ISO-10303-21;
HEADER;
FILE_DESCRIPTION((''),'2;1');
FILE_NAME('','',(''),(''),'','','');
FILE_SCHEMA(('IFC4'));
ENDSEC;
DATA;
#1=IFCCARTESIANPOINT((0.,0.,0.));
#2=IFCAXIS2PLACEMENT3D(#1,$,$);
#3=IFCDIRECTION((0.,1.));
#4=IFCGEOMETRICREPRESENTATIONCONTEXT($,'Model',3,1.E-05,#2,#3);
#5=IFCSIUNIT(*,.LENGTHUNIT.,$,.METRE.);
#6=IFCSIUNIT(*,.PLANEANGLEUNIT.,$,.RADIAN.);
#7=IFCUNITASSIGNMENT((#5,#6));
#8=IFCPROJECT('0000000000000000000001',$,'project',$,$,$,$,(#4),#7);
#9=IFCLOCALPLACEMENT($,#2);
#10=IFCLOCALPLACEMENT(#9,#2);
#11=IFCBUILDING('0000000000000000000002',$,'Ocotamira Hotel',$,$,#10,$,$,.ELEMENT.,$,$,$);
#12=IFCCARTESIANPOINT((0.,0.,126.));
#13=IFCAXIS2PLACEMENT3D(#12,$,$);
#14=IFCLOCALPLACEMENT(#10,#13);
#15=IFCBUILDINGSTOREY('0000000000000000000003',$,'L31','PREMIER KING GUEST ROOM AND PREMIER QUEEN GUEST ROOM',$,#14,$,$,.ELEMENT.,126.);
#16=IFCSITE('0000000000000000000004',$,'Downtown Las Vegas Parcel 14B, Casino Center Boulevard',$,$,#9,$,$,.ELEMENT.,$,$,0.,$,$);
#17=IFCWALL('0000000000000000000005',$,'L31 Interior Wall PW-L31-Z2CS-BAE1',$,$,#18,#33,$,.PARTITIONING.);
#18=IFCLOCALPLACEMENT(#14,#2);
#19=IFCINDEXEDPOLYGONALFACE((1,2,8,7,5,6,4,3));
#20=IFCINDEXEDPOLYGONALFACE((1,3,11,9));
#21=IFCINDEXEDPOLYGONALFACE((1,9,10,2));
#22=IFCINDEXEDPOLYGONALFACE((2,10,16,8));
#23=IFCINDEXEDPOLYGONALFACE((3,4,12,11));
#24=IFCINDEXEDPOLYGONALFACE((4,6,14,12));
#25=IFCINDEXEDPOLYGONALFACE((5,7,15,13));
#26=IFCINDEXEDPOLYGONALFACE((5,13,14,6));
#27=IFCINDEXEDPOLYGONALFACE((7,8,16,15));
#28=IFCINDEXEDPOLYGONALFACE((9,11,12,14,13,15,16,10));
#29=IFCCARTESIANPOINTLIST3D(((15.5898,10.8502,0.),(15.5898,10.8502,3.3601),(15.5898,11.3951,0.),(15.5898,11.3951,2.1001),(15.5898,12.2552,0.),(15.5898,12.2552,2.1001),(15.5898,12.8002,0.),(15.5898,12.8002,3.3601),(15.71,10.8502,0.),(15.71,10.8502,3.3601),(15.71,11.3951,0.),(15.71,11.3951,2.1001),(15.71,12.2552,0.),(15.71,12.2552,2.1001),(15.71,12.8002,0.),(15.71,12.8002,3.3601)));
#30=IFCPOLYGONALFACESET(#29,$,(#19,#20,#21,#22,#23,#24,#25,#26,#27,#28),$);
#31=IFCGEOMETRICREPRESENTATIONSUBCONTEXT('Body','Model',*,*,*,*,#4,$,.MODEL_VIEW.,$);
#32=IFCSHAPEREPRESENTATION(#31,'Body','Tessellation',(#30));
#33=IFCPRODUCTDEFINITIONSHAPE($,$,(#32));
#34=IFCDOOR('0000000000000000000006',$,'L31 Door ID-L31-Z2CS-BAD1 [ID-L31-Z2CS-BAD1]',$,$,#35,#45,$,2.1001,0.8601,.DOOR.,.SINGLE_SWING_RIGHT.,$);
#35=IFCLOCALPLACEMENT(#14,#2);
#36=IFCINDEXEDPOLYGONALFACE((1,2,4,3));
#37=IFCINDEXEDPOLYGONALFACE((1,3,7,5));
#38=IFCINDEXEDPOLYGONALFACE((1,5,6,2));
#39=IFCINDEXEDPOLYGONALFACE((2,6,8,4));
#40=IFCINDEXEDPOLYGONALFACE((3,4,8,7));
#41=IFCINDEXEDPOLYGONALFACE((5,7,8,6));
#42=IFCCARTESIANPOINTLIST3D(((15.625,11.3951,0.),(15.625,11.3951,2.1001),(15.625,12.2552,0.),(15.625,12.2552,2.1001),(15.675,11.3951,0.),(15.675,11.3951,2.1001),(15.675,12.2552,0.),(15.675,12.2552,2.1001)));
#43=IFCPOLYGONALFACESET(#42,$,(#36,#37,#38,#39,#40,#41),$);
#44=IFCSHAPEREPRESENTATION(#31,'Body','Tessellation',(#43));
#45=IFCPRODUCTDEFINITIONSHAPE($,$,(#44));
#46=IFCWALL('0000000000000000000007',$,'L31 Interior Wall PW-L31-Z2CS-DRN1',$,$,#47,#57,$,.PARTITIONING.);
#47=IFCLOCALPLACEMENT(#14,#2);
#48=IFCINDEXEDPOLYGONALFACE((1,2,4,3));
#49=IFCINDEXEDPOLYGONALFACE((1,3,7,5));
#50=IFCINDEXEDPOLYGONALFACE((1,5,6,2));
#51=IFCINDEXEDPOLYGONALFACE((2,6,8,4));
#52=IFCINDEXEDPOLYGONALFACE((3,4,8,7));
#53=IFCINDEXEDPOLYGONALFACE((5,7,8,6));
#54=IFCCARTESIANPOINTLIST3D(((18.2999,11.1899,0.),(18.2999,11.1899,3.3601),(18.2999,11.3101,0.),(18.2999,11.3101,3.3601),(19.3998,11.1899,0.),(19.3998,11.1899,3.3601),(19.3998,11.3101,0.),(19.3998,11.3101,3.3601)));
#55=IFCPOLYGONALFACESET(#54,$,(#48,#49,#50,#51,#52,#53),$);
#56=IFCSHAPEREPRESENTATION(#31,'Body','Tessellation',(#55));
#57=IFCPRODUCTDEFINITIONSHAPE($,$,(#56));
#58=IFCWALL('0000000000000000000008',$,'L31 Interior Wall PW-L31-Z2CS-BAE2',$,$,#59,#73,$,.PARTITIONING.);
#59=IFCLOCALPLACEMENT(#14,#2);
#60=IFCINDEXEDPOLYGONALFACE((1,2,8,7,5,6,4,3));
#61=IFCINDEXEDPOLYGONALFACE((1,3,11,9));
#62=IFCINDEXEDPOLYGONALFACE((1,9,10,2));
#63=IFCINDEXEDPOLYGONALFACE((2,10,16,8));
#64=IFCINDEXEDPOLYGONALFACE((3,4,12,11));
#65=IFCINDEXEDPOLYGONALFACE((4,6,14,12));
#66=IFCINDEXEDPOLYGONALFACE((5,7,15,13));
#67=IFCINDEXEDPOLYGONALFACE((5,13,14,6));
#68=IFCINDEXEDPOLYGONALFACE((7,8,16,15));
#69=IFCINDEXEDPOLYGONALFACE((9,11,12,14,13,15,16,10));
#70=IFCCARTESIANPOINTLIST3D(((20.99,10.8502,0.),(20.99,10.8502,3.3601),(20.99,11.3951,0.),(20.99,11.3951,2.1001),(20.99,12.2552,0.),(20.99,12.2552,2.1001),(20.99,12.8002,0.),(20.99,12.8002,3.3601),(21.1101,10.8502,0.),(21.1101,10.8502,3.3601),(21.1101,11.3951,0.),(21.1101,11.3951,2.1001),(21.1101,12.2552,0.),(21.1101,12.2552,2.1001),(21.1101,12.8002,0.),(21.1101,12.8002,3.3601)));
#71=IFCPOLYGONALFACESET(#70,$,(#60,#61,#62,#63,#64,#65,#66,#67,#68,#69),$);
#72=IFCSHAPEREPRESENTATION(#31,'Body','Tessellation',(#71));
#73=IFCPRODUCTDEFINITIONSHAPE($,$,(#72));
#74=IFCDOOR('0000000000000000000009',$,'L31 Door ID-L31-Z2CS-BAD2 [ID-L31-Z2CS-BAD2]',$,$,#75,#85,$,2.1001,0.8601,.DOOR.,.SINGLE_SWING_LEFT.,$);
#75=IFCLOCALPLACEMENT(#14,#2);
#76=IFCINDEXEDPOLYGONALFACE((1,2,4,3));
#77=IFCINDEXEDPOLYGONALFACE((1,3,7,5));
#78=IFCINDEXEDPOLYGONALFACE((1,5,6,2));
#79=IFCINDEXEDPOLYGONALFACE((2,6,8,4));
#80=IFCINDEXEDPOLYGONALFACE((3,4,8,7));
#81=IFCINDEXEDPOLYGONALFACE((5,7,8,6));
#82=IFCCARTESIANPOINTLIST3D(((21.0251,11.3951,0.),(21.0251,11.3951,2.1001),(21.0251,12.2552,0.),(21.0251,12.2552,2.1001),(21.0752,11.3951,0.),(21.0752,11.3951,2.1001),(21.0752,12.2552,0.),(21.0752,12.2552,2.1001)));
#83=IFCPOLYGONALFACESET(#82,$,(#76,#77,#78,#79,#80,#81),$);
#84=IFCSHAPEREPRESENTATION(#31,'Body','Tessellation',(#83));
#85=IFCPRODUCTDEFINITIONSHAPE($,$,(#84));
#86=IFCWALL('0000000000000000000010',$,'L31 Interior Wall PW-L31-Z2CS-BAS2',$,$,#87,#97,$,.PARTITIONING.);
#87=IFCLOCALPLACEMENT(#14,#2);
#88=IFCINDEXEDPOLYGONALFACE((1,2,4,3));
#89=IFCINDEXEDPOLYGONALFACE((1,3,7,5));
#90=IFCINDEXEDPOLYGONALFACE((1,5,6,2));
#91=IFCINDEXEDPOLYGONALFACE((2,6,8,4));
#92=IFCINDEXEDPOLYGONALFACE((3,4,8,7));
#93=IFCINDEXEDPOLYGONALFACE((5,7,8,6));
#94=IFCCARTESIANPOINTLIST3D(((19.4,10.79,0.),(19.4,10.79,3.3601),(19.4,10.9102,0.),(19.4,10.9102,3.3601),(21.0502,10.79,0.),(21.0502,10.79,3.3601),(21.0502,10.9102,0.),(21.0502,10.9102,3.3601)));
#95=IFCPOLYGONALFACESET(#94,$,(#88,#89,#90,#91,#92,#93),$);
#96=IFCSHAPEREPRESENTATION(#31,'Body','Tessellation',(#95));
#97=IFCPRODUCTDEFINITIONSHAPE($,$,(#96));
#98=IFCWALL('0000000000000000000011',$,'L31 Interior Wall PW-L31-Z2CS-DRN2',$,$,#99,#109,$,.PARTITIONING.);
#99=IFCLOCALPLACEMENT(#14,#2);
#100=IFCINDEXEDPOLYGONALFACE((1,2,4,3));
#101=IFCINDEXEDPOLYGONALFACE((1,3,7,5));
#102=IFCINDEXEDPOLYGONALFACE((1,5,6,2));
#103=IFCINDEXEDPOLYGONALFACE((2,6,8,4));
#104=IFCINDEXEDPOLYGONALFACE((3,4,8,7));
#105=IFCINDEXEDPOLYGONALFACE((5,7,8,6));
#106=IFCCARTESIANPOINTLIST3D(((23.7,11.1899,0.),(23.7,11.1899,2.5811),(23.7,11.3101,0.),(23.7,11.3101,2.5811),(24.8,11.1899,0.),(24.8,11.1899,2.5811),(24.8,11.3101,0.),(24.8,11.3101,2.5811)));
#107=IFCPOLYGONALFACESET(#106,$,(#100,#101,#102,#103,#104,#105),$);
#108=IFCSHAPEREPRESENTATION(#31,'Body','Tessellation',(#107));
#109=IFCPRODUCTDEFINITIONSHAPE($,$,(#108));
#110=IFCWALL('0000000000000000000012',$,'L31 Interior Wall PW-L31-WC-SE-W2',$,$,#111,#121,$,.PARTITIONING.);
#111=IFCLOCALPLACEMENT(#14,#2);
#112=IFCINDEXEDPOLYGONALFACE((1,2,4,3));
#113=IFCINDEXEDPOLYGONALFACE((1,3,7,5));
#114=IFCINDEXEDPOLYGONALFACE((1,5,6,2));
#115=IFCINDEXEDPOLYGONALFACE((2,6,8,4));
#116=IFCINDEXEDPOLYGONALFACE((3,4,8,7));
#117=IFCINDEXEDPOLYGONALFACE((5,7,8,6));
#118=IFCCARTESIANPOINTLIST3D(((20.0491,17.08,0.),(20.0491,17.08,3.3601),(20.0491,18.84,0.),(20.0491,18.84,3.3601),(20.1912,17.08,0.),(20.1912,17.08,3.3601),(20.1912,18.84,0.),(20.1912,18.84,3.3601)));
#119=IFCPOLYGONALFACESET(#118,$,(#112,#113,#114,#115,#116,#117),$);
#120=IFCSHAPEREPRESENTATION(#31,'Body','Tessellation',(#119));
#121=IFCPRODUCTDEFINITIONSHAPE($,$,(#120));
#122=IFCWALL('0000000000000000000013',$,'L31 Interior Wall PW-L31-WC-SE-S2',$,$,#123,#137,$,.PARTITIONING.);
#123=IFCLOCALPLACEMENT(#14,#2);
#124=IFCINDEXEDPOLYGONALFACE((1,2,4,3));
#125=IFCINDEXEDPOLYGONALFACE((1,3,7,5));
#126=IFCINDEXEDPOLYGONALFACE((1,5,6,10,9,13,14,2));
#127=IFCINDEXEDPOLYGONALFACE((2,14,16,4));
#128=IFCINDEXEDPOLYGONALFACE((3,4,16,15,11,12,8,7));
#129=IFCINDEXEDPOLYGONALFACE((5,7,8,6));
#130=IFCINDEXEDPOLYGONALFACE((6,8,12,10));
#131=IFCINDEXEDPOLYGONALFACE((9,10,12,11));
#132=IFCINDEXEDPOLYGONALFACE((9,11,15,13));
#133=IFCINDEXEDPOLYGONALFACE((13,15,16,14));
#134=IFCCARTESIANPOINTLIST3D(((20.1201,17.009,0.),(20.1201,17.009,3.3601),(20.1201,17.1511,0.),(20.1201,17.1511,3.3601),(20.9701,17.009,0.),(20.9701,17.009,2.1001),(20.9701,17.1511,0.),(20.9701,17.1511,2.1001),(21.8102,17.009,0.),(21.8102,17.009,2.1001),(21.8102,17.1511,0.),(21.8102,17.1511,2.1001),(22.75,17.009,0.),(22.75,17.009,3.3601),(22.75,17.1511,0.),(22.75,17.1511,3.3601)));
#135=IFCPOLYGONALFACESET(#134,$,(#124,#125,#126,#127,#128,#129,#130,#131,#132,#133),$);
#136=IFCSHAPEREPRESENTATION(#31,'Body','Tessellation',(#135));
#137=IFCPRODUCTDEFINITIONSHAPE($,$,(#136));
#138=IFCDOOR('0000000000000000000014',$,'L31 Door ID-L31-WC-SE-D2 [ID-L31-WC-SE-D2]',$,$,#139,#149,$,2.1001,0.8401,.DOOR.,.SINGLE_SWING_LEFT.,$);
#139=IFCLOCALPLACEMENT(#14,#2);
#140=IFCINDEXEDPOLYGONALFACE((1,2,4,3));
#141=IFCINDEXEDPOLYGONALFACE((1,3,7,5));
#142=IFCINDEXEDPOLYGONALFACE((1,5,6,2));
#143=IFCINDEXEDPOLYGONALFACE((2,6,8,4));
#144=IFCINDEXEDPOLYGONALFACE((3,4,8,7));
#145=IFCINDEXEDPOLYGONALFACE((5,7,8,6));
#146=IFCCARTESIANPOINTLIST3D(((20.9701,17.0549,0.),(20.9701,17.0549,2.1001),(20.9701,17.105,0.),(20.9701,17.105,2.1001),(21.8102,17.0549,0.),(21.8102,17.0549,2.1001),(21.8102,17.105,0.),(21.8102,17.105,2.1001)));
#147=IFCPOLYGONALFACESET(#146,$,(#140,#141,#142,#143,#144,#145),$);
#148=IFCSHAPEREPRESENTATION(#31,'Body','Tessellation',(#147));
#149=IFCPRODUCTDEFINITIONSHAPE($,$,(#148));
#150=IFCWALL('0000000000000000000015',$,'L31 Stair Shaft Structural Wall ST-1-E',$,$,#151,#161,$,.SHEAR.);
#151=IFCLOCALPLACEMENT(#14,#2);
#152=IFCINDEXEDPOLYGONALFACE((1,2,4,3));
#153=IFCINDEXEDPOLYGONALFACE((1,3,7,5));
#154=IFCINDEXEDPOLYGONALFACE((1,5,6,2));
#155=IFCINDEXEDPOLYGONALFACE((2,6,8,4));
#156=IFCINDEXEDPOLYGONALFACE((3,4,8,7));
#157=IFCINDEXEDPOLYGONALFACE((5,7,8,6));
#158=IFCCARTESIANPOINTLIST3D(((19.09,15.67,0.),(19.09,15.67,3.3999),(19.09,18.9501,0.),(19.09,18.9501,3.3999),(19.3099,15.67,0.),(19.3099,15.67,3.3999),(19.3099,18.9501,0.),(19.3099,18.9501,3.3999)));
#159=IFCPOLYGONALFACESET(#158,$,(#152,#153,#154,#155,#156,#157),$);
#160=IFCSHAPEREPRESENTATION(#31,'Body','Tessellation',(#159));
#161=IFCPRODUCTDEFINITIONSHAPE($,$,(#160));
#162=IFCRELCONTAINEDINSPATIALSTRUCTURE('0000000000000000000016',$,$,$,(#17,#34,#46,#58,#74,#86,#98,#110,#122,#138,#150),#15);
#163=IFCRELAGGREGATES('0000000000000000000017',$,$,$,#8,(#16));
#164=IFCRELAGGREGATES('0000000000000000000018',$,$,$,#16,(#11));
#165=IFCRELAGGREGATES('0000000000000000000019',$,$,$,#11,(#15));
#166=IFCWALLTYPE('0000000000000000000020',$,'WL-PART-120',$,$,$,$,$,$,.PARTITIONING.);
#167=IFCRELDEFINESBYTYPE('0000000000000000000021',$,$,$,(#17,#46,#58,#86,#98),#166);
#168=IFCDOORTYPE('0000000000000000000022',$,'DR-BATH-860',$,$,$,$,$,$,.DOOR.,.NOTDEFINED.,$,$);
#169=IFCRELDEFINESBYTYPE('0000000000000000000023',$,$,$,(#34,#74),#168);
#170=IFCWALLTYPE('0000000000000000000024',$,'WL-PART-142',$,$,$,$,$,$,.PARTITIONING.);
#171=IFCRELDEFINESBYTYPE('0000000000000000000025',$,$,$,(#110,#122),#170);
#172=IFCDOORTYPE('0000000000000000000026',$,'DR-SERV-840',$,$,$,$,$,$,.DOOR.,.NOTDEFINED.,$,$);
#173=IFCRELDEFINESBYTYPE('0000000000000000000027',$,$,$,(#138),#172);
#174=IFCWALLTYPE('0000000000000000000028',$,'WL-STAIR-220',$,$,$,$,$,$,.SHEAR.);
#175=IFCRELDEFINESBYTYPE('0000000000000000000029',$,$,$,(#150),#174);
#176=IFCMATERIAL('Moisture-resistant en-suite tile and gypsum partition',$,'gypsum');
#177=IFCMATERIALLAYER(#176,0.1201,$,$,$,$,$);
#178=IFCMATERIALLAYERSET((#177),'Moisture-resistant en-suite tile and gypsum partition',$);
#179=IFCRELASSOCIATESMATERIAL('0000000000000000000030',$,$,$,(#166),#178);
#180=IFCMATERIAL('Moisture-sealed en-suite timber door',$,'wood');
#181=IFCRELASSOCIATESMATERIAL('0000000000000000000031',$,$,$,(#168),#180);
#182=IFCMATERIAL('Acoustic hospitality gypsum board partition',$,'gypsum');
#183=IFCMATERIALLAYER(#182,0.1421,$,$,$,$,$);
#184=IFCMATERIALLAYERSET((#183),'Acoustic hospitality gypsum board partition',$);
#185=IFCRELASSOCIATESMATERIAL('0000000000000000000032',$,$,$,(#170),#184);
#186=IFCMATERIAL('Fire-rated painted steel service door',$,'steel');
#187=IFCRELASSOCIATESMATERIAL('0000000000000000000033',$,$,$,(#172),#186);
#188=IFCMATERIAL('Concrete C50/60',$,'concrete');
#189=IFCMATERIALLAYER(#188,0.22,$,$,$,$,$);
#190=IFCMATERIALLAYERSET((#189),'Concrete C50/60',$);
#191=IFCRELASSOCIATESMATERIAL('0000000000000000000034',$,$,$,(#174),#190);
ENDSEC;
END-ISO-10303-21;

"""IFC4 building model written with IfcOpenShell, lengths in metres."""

from ifc_helpers import new_model, si_unit, direction, frame, frame_2d, origin, place, context, subcontext, project, spatial, rectangle, extrude, source, transform, mapped, material, layer, layer_set, type_object, element, fill, save


model = new_model("IFC4")

# Units and contexts
model_context = context("Model", 3, precision=1e-05, world=origin(), true_north=direction((0.0, 1.0)))
body_context = subcontext(model_context, "Body", "Model", "MODEL_VIEW")
ifc_project = project(units=[si_unit("LENGTHUNIT", "METRE"), si_unit("PLANEANGLEUNIT", "RADIAN")], contexts=[model_context])

# Site, building, storey
site_placement = place(None, origin())
site = spatial("IfcSite", under=ifc_project, at=site_placement, Name="Downtown Las Vegas Parcel 14B, Casino Center Boulevard", CompositionType="ELEMENT", RefElevation=0.0)
building_placement = place(site_placement, origin())
building = spatial("IfcBuilding", under=site, at=building_placement, Name="Ocotamira Hotel", CompositionType="ELEMENT")
storey_placement = place(building_placement, frame((0.0, 0.0, 126.0)))
storey = spatial("IfcBuildingStorey", under=building, at=storey_placement, Name="L31", Description="PREMIER KING GUEST ROOM AND PREMIER QUEEN GUEST ROOM", CompositionType="ELEMENT", Elevation=126.0)

# Wall, opening, door
ifc_material_1 = material(Name="Moisture-resistant en-suite tile and gypsum partition", Category="gypsum")
ifc_layer_1 = layer(ifc_material_1, 0.1201)
ifc_layer_set_1 = layer_set([ifc_layer_1], Name="Moisture-resistant en-suite tile and gypsum partition")
wall_type_1 = type_object("IfcWallType", Name="WL-PART-120", PredefinedType="PARTITIONING", material=ifc_layer_set_1)
wall_1_placement = place(storey_placement, frame((15.6499, 10.8501, 0.0), z_axis=(0.0, 0.0, 1.0), x_axis=(0.0, 1.0, 0.0)))
wall_1 = element("IfcWall", 1, at=wall_1_placement, inside=storey, type_object=wall_type_1, Name="L31 Interior Wall PW-L31-Z2CS-BAE1", PredefinedType="PARTITIONING", context=body_context, shape_type="SweptSolid", body=[
    extrude(rectangle(XDim=1.95, YDim=0.1201, at=frame_2d((0.9751, 0.0))), origin(), (0.0, 0.0, 1.0), 3.3601),
])
opening_1_placement = place(wall_1_placement, frame((0.5449, 0.0, 0.0)))
opening_1 = element("IfcOpeningElement", 2, at=opening_1_placement, cuts=wall_1, PredefinedType="OPENING", context=body_context, shape_type="SweptSolid", body=[
    extrude(rectangle(XDim=0.8601, YDim=2.1001, at=frame_2d((0.4302, 1.05))), frame((0.0, 0.0701, 0.0), z_axis=(0.0, -1.0, 0.0), x_axis=(1.0, 0.0, 0.0)), (0.0, 0.0, 1.0), 0.1401),
])
ifc_material_2 = material(Name="Moisture-sealed en-suite timber door", Category="wood")
door_type_1 = type_object("IfcDoorType", Name="DR-BATH-860", OperationType="NOTDEFINED", PredefinedType="DOOR", material=ifc_material_2)
shared_shape_1 = source(origin(), body_context, "Body", "SweptSolid", [
    extrude(rectangle(XDim=0.8601, YDim=2.1001, at=frame_2d((0.4302, 1.05))), frame((0.0, 0.0249, 0.0), z_axis=(0.0, -1.0, 0.0), x_axis=(1.0, 0.0, 0.0)), (0.0, 0.0, 1.0), 0.05),
])
door_1_placement = place(opening_1_placement, origin())
door_1 = element("IfcDoor", 3, at=door_1_placement, inside=storey, type_object=door_type_1, Name="L31 Door ID-L31-Z2CS-BAD1 [ID-L31-Z2CS-BAD1]", OperationType="SINGLE_SWING_RIGHT", OverallHeight=2.1001, OverallWidth=0.8601, PredefinedType="DOOR", context=body_context, shape_type="MappedRepresentation", body=[
    mapped(shared_shape_1, transform((0.0, 0.0, 0.0), scale=1.0)),
])
fill(opening_1, door_1)

# Wall
wall_2_placement = place(storey_placement, frame((18.3, 11.25, 0.0), z_axis=(0.0, 0.0, 1.0), x_axis=(1.0, 0.0, 0.0)))
element("IfcWall", 4, at=wall_2_placement, inside=storey, type_object=wall_type_1, Name="L31 Interior Wall PW-L31-Z2CS-DRN1", PredefinedType="PARTITIONING", context=body_context, shape_type="SweptSolid", body=[
    extrude(rectangle(XDim=1.0999, YDim=0.1201, at=frame_2d((0.5498, 0.0))), origin(), (0.0, 0.0, 1.0), 3.3601),
])

# Wall, opening, door
wall_3_placement = place(storey_placement, frame((21.05, 10.8501, 0.0), z_axis=(0.0, 0.0, 1.0), x_axis=(0.0, 1.0, 0.0)))
wall_3 = element("IfcWall", 5, at=wall_3_placement, inside=storey, type_object=wall_type_1, Name="L31 Interior Wall PW-L31-Z2CS-BAE2", PredefinedType="PARTITIONING", context=body_context, shape_type="SweptSolid", body=[
    extrude(rectangle(XDim=1.95, YDim=0.1201, at=frame_2d((0.9751, 0.0))), origin(), (0.0, 0.0, 1.0), 3.3601),
])
opening_2_placement = place(wall_3_placement, frame((0.5449, 0.0, 0.0)))
opening_2 = element("IfcOpeningElement", 6, at=opening_2_placement, cuts=wall_3, PredefinedType="OPENING", context=body_context, shape_type="SweptSolid", body=[
    extrude(rectangle(XDim=0.8601, YDim=2.1001, at=frame_2d((0.4302, 1.05))), frame((0.0, 0.0701, 0.0), z_axis=(0.0, -1.0, 0.0), x_axis=(1.0, 0.0, 0.0)), (0.0, 0.0, 1.0), 0.1401),
])
door_2_placement = place(opening_2_placement, origin())
door_2 = element("IfcDoor", 7, at=door_2_placement, inside=storey, type_object=door_type_1, Name="L31 Door ID-L31-Z2CS-BAD2 [ID-L31-Z2CS-BAD2]", OperationType="SINGLE_SWING_LEFT", OverallHeight=2.1001, OverallWidth=0.8601, PredefinedType="DOOR", context=body_context, shape_type="MappedRepresentation", body=[
    mapped(shared_shape_1, transform((0.0, 0.0, 0.0), scale=1.0)),
])
fill(opening_2, door_2)

# Walls
wall_4_placement = place(storey_placement, frame((19.3999, 10.8501, 0.0), z_axis=(0.0, 0.0, 1.0), x_axis=(1.0, 0.0, 0.0)))
element("IfcWall", 8, at=wall_4_placement, inside=storey, type_object=wall_type_1, Name="L31 Interior Wall PW-L31-Z2CS-BAS2", PredefinedType="PARTITIONING", context=body_context, shape_type="SweptSolid", body=[
    extrude(rectangle(XDim=1.6501, YDim=0.1201, at=frame_2d((0.8252, 0.0))), origin(), (0.0, 0.0, 1.0), 3.3601),
])
wall_5_placement = place(storey_placement, frame((23.7, 11.25, 0.0), z_axis=(0.0, 0.0, 1.0), x_axis=(1.0, 0.0, 0.0)))
element("IfcWall", 9, at=wall_5_placement, inside=storey, type_object=wall_type_1, Name="L31 Interior Wall PW-L31-Z2CS-DRN2", PredefinedType="PARTITIONING", context=body_context, shape_type="SweptSolid", body=[
    extrude(rectangle(XDim=1.1001, YDim=0.1201, at=frame_2d((0.55, 0.0))), origin(), (0.0, 0.0, 1.0), 2.5811),
])
ifc_material_3 = material(Name="Acoustic hospitality gypsum board partition", Category="gypsum")
ifc_layer_2 = layer(ifc_material_3, 0.1421)
ifc_layer_set_2 = layer_set([ifc_layer_2], Name="Acoustic hospitality gypsum board partition")
wall_type_2 = type_object("IfcWallType", Name="WL-PART-142", PredefinedType="PARTITIONING", material=ifc_layer_set_2)
wall_6_placement = place(storey_placement, frame((20.1201, 17.0801, 0.0), z_axis=(0.0, 0.0, 1.0), x_axis=(0.0, 1.0, 0.0)))
element("IfcWall", 10, at=wall_6_placement, inside=storey, type_object=wall_type_2, Name="L31 Interior Wall PW-L31-WC-SE-W2", PredefinedType="PARTITIONING", context=body_context, shape_type="SweptSolid", body=[
    extrude(rectangle(XDim=1.76, YDim=0.1421, at=frame_2d((0.8799, 0.0))), origin(), (0.0, 0.0, 1.0), 3.3601),
])

# Wall, opening, door
wall_7_placement = place(storey_placement, frame((20.1201, 17.0801, 0.0), z_axis=(0.0, 0.0, 1.0), x_axis=(1.0, 0.0, 0.0)))
wall_7 = element("IfcWall", 11, at=wall_7_placement, inside=storey, type_object=wall_type_2, Name="L31 Interior Wall PW-L31-WC-SE-S2", PredefinedType="PARTITIONING", context=body_context, shape_type="SweptSolid", body=[
    extrude(rectangle(XDim=2.6299, YDim=0.1421, at=frame_2d((1.3149, 0.0))), origin(), (0.0, 0.0, 1.0), 3.3601),
])
opening_3_placement = place(wall_7_placement, frame((0.8501, 0.0, 0.0)))
opening_3 = element("IfcOpeningElement", 12, at=opening_3_placement, cuts=wall_7, PredefinedType="OPENING", context=body_context, shape_type="SweptSolid", body=[
    extrude(rectangle(XDim=0.8401, YDim=2.1001, at=frame_2d((0.4199, 1.05))), frame((0.0, 0.0811, 0.0), z_axis=(0.0, -1.0, 0.0), x_axis=(1.0, 0.0, 0.0)), (0.0, 0.0, 1.0), 0.1621),
])
ifc_material_4 = material(Name="Fire-rated painted steel service door", Category="steel")
door_type_2 = type_object("IfcDoorType", Name="DR-SERV-840", OperationType="NOTDEFINED", PredefinedType="DOOR", material=ifc_material_4)
shared_shape_2 = source(origin(), body_context, "Body", "SweptSolid", [
    extrude(rectangle(XDim=0.8401, YDim=2.1001, at=frame_2d((0.4199, 1.05))), frame((0.0, 0.0249, 0.0), z_axis=(0.0, -1.0, 0.0), x_axis=(1.0, 0.0, 0.0)), (0.0, 0.0, 1.0), 0.05),
])
door_3_placement = place(opening_3_placement, origin())
door_3 = element("IfcDoor", 13, at=door_3_placement, inside=storey, type_object=door_type_2, Name="L31 Door ID-L31-WC-SE-D2 [ID-L31-WC-SE-D2]", OperationType="SINGLE_SWING_LEFT", OverallHeight=2.1001, OverallWidth=0.8401, PredefinedType="DOOR", context=body_context, shape_type="MappedRepresentation", body=[
    mapped(shared_shape_2, transform((0.0, 0.0, 0.0), scale=1.0)),
])
fill(opening_3, door_3)

# Wall
ifc_material_5 = material(Name="Concrete C50/60", Category="concrete")
ifc_layer_3 = layer(ifc_material_5, 0.22)
ifc_layer_set_3 = layer_set([ifc_layer_3], Name="Concrete C50/60")
wall_type_3 = type_object("IfcWallType", Name="WL-STAIR-220", PredefinedType="SHEAR", material=ifc_layer_set_3)
wall_8_placement = place(storey_placement, frame((19.2, 15.6699, 0.0), z_axis=(0.0, 0.0, 1.0), x_axis=(0.0, 1.0, 0.0)))
element("IfcWall", 14, at=wall_8_placement, inside=storey, type_object=wall_type_3, Name="L31 Stair Shaft Structural Wall ST-1-E", PredefinedType="SHEAR", context=body_context, shape_type="SweptSolid", body=[
    extrude(rectangle(XDim=3.28, YDim=0.22, at=frame_2d((1.6401, 0.0))), origin(), (0.0, 0.0, 1.0), 3.3999),
])

save(model, "model.ifc")
